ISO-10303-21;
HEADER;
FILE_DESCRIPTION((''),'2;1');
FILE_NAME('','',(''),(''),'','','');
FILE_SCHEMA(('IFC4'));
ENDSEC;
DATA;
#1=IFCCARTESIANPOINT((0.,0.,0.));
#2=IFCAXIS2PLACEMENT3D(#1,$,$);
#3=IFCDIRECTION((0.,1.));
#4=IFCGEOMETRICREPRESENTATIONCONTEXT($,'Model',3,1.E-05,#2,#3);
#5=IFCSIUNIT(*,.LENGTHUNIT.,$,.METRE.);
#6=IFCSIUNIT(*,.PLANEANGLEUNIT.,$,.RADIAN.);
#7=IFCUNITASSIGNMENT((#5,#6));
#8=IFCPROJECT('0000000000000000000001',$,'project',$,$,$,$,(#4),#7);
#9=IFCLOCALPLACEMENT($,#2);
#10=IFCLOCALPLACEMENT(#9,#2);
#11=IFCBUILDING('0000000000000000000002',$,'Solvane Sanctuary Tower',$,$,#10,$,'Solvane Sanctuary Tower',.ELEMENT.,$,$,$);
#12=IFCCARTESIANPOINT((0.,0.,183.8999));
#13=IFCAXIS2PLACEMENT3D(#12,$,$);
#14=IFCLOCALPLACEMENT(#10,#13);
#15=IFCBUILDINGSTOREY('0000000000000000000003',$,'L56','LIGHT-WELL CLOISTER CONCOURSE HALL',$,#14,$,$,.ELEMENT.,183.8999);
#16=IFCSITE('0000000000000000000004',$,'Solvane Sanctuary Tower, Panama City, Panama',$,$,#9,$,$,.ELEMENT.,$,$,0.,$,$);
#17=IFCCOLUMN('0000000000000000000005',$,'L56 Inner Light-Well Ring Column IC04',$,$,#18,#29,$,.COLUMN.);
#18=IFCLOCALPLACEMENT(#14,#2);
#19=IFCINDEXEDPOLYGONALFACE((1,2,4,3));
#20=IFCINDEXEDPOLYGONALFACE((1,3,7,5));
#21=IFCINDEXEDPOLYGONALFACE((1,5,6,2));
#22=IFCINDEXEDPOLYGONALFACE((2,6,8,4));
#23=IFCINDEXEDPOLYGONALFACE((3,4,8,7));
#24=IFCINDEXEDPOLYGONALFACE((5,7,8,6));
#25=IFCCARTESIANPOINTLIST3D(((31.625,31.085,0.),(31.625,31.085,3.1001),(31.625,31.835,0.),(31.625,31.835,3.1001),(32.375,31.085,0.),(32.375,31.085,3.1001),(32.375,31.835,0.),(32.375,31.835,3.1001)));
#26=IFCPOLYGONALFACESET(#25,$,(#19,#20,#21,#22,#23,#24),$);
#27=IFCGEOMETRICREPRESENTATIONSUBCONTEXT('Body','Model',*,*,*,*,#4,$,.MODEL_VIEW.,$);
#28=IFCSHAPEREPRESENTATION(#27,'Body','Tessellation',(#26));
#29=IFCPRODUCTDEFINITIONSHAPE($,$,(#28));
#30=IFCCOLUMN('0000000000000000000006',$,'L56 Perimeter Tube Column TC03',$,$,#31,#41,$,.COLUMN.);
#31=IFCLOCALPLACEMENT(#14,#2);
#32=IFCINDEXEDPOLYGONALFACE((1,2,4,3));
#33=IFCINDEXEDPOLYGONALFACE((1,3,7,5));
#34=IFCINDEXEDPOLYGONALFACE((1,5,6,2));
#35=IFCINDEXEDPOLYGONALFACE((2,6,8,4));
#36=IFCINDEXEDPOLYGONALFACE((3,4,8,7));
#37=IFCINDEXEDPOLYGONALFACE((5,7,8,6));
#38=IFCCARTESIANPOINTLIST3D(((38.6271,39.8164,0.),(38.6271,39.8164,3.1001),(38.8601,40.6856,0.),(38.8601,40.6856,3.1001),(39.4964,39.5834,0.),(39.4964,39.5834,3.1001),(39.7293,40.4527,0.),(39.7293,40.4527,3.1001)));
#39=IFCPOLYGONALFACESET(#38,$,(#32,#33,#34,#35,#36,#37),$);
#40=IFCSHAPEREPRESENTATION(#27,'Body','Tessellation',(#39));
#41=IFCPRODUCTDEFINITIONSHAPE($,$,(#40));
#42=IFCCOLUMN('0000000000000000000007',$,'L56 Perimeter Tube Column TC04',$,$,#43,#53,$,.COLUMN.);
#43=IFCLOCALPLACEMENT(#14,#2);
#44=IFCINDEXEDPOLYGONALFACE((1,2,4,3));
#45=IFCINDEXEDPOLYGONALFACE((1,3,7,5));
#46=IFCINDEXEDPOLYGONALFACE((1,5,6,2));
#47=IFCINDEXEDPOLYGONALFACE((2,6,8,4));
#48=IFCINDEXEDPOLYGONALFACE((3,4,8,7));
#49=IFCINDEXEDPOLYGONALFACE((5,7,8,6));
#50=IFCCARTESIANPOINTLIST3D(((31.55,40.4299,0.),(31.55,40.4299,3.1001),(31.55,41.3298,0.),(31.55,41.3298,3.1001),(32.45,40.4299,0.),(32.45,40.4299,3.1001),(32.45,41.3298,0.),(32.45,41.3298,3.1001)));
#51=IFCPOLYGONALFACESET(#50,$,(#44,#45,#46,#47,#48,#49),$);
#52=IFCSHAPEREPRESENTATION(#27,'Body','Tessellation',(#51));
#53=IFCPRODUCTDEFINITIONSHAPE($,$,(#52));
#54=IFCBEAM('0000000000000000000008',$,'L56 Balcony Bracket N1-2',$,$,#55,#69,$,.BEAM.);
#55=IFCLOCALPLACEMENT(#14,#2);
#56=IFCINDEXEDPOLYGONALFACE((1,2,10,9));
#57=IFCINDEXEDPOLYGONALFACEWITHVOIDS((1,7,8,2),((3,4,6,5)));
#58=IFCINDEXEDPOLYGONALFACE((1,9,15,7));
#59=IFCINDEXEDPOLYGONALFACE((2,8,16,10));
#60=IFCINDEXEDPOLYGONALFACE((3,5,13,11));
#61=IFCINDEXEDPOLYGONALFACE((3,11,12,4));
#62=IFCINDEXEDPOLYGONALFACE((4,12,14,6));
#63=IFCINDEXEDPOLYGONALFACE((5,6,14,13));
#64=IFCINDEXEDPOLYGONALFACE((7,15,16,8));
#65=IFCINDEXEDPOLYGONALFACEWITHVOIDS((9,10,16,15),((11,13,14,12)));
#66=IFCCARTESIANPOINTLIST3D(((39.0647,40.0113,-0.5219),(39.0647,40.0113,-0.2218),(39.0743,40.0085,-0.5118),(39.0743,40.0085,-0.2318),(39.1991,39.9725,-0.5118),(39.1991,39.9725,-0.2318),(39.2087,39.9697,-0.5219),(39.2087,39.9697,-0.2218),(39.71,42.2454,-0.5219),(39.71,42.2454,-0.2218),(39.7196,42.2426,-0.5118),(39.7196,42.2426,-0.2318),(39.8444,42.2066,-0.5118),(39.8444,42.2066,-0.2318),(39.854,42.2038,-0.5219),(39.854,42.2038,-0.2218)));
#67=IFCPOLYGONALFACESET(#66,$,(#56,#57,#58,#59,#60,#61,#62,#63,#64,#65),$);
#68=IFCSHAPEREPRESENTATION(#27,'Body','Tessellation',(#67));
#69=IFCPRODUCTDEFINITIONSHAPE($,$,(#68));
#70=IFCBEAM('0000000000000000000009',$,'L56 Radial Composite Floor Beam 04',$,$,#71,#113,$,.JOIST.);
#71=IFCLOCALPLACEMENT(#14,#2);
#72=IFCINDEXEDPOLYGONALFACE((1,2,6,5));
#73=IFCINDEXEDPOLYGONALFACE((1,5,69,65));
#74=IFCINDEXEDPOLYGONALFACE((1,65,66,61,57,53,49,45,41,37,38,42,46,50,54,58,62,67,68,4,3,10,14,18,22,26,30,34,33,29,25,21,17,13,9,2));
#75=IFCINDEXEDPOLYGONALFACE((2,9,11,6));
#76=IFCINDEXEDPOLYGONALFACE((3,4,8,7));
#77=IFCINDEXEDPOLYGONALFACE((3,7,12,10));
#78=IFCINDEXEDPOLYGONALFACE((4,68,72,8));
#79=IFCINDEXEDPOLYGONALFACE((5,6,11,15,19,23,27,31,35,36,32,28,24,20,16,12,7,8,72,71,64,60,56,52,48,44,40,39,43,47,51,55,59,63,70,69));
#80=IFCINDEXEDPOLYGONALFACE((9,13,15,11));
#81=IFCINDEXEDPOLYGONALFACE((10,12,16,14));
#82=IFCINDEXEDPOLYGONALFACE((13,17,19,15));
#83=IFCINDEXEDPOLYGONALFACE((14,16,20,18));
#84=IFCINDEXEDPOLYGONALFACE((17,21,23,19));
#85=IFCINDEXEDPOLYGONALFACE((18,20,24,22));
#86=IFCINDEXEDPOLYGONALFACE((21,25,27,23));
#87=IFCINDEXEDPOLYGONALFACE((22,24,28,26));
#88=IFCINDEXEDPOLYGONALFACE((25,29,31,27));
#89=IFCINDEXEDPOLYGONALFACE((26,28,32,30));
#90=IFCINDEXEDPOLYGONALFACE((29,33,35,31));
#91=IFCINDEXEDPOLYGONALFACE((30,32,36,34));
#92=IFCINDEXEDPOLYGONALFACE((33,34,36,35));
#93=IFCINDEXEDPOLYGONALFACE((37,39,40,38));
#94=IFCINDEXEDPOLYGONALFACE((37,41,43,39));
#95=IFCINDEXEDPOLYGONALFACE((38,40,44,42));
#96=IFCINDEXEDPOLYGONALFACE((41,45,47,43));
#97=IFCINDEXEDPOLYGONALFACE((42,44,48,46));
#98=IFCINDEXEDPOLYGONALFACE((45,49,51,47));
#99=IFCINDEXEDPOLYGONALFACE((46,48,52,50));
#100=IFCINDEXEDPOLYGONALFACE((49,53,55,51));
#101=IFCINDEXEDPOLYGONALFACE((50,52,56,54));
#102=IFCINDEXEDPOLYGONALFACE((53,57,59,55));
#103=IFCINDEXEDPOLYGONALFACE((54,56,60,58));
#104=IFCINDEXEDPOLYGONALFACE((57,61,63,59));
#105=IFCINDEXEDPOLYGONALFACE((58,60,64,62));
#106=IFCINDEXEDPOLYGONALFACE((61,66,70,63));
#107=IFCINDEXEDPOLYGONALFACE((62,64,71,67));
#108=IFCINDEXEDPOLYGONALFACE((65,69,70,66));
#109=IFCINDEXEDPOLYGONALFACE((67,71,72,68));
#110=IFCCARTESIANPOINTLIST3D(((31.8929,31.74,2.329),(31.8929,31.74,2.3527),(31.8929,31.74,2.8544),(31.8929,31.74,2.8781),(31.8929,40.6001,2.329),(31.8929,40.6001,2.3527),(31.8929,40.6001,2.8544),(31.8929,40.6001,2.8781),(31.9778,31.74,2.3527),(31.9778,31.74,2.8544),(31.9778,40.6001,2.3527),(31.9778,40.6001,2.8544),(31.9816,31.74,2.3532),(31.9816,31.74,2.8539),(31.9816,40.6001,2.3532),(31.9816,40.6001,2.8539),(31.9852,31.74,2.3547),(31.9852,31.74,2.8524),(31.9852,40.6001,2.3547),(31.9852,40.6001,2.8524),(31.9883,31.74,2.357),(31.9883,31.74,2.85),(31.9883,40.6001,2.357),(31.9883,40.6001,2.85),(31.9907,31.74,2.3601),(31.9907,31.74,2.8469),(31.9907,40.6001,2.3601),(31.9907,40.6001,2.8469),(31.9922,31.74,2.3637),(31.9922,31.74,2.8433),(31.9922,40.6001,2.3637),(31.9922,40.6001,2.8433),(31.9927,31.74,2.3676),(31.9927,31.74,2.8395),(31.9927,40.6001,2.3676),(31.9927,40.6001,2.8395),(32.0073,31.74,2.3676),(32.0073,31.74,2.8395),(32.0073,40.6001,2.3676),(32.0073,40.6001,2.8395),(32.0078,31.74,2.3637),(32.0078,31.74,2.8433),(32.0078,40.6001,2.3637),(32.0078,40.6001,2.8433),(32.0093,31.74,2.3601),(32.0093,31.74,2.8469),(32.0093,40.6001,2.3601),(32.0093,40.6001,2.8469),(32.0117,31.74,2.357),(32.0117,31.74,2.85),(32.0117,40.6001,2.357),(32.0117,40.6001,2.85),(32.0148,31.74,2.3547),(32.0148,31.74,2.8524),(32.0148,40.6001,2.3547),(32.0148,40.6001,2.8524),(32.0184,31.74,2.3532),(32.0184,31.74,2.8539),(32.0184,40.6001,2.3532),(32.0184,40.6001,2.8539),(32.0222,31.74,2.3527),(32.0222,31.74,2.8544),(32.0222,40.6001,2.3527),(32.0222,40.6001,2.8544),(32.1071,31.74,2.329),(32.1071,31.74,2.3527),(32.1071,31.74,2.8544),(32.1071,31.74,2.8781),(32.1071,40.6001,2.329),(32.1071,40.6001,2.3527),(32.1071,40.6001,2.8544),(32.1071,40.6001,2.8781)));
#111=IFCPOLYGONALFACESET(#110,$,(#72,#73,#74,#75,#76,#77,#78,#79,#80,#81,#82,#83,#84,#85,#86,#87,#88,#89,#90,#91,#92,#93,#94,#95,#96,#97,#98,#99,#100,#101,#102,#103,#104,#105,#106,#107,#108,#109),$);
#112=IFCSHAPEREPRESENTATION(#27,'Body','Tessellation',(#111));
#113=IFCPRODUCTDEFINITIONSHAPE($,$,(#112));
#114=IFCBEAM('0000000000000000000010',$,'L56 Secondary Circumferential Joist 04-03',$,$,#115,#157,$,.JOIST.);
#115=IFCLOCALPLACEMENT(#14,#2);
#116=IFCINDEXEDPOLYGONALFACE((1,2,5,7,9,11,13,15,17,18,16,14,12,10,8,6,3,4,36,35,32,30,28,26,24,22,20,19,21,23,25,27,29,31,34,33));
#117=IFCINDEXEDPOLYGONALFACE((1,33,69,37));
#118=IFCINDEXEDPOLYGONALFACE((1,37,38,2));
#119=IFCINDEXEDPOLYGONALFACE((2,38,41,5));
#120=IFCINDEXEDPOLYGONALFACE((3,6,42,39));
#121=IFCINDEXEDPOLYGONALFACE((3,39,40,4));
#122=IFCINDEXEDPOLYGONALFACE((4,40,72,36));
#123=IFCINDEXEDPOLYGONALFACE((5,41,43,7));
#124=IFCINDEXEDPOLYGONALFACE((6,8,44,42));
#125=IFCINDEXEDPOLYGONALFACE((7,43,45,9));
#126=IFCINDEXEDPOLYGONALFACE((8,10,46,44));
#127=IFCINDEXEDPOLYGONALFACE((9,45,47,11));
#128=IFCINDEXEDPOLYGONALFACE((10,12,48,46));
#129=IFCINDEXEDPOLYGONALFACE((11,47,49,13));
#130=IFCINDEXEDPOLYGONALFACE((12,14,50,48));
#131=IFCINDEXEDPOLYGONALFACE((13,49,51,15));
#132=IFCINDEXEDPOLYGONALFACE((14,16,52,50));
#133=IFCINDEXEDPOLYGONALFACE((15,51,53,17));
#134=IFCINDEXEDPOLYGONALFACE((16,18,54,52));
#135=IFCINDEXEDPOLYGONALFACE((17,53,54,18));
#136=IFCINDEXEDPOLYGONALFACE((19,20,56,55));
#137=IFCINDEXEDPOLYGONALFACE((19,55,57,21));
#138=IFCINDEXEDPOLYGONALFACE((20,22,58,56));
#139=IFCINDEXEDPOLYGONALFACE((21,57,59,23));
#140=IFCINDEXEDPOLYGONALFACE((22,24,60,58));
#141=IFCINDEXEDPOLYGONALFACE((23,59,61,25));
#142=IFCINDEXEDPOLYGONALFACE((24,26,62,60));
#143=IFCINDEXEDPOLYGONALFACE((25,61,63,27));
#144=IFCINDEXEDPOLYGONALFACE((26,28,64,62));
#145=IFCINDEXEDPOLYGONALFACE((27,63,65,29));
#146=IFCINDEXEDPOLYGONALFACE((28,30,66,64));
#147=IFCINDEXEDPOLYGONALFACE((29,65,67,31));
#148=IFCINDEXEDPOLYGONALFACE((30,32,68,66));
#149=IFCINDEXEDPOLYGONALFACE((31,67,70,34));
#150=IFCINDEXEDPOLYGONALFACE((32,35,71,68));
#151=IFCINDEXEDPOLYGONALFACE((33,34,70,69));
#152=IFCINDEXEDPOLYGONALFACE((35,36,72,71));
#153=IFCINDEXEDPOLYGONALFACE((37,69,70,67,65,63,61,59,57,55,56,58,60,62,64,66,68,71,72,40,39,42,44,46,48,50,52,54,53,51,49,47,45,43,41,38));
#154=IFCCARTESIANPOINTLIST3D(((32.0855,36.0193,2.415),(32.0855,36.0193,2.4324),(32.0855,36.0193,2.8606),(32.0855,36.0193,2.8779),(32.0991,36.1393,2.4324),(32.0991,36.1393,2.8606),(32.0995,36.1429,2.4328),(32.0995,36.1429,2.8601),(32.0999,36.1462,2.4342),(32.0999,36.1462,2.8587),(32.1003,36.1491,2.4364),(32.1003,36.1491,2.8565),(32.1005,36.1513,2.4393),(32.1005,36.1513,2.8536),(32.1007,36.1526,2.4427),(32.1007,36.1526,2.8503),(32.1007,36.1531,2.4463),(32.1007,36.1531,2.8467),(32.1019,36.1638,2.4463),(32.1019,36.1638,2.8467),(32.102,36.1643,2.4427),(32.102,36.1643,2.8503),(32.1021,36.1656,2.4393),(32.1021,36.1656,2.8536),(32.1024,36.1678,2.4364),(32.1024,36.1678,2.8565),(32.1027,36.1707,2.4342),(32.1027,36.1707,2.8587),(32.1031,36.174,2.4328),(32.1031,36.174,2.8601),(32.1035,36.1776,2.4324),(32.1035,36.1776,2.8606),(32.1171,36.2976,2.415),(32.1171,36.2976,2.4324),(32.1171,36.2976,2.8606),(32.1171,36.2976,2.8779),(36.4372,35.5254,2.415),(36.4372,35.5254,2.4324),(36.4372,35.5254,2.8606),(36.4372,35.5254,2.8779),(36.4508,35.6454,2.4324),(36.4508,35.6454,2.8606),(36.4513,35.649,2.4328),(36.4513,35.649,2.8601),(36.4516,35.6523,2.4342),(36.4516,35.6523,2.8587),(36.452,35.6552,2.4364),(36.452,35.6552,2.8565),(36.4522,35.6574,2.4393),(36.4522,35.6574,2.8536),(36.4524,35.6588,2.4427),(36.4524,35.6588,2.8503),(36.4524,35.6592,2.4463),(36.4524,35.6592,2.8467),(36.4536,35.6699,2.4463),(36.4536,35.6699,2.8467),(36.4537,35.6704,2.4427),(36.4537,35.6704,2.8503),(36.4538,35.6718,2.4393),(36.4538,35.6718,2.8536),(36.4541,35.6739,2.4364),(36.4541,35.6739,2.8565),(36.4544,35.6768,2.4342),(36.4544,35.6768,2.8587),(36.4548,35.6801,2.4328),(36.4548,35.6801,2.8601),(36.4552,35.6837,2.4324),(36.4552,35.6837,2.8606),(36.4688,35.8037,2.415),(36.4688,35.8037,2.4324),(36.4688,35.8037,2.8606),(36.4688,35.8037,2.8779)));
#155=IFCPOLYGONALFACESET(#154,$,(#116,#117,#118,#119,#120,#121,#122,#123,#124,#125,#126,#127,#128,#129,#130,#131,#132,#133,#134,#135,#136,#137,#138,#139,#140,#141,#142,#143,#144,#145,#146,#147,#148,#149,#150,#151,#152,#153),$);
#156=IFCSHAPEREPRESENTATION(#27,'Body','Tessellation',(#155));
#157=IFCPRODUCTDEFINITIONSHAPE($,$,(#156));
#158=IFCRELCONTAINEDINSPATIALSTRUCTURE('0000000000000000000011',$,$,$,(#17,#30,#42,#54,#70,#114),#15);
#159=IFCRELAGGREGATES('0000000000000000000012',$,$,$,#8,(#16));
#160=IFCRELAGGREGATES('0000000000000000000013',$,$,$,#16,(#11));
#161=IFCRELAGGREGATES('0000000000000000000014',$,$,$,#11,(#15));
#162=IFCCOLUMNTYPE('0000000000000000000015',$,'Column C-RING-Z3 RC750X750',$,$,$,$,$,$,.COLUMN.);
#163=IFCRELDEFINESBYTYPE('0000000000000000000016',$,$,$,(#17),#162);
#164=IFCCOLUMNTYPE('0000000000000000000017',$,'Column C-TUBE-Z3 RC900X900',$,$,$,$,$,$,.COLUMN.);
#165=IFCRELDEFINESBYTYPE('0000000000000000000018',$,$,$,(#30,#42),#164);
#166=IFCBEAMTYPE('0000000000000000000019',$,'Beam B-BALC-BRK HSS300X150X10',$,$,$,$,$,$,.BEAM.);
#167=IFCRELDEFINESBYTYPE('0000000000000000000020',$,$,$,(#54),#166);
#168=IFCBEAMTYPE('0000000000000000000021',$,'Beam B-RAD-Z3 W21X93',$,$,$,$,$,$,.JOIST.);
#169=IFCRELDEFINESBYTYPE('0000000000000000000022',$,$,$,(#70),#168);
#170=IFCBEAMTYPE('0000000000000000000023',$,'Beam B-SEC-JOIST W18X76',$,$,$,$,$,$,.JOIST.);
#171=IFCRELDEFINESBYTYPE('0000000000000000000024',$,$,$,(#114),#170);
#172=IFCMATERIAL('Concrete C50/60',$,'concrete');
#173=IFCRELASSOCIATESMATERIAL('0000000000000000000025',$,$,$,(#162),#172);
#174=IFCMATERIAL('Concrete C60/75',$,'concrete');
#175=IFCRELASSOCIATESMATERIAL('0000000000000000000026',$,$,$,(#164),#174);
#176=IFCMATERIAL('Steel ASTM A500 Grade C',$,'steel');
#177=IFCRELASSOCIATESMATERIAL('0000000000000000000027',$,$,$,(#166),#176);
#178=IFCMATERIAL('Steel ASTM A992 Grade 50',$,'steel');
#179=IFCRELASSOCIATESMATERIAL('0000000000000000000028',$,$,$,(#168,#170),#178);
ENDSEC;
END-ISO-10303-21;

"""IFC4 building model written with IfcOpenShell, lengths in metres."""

from ifc_helpers import new_model, si_unit, direction, frame, origin, origin_2d, place, context, subcontext, project, spatial, rectangle, hollow_rectangle, i_section, extrude, material, material_profile, profile_set, type_object, element, save


model = new_model("IFC4")

# Units and contexts
model_context = context("Model", 3, precision=1e-05, world=origin(), true_north=direction((0.0, 1.0)))
body_context = subcontext(model_context, "Body", "Model", "MODEL_VIEW")
ifc_project = project(units=[si_unit("LENGTHUNIT", "METRE"), si_unit("PLANEANGLEUNIT", "RADIAN")], contexts=[model_context])

# Site, building, storey
site_placement = place(None, origin())
site = spatial("IfcSite", under=ifc_project, at=site_placement, Name="Solvane Sanctuary Tower, Panama City, Panama", CompositionType="ELEMENT", RefElevation=0.0)
building_placement = place(site_placement, origin())
building = spatial("IfcBuilding", under=site, at=building_placement, Name="Solvane Sanctuary Tower", LongName="Solvane Sanctuary Tower", CompositionType="ELEMENT")
storey_placement = place(building_placement, frame((0.0, 0.0, 183.8999)))
storey = spatial("IfcBuildingStorey", under=building, at=storey_placement, Name="L56", Description="LIGHT-WELL CLOISTER CONCOURSE HALL", CompositionType="ELEMENT", Elevation=183.8999)

# Columns
ifc_material_1 = material(Name="Concrete C50/60", Category="concrete")
ifc_material_profile_1 = material_profile(ifc_material_1, rectangle(XDim=0.75, YDim=0.75, at=origin_2d()), Name="RC750X750")
ifc_profile_set_1 = profile_set([ifc_material_profile_1], Name="Concrete C50/60")
column_type_1 = type_object("IfcColumnType", Name="Column C-RING-Z3 RC750X750", PredefinedType="COLUMN", material=ifc_profile_set_1)
column_placement = place(storey_placement, frame((32.0, 31.46, 0.0), z_axis=(0.0, 0.0, 1.0), x_axis=(1.0, 0.0, 0.0)))
element("IfcColumn", 1, at=column_placement, inside=storey, type_object=column_type_1, Name="L56 Inner Light-Well Ring Column IC04", PredefinedType="COLUMN", context=body_context, shape_type="SweptSolid", body=[
    extrude(rectangle(XDim=0.75, YDim=0.75, at=origin_2d()), origin(), (0.0, 0.0, 1.0), 3.1001),
])
ifc_material_2 = material(Name="Concrete C60/75", Category="concrete")
ifc_material_profile_2 = material_profile(ifc_material_2, rectangle(XDim=0.8999, YDim=0.8999, at=origin_2d()), Name="RC900X900")
ifc_profile_set_2 = profile_set([ifc_material_profile_2], Name="Concrete C60/75")
column_type_2 = type_object("IfcColumnType", Name="Column C-TUBE-Z3 RC900X900", PredefinedType="COLUMN", material=ifc_profile_set_2)
for number, where, z_axis, x_axis, name in (
    (2, (39.1782, 40.1345, 0.0), (0.0, 0.0, 1.0), (0.258819, 0.965926, 0.0), "L56 Perimeter Tube Column TC03"),
    (3, (32.0, 40.8799, 0.0), (0.0, 0.0, 1.0), (0.0, 1.0, 0.0), "L56 Perimeter Tube Column TC04"),
):
    element("IfcColumn", number, at=place(storey_placement, frame(where, z_axis=z_axis, x_axis=x_axis)), inside=storey, type_object=column_type_2, Name=name, PredefinedType="COLUMN", context=body_context, shape_type="SweptSolid", body=[
        extrude(rectangle(XDim=0.8999, YDim=0.8999, at=origin_2d()), origin(), (0.0, 0.0, 1.0), 3.1001),
    ])

# Beams
ifc_material_3 = material(Name="Steel ASTM A500 Grade C", Category="steel")
ifc_material_profile_3 = material_profile(ifc_material_3, hollow_rectangle(XDim=0.1499, YDim=0.3, WallThickness=0.01, at=origin_2d()), Name="HSS300X150X10")
ifc_profile_set_3 = profile_set([ifc_material_profile_3], Name="Steel ASTM A500 Grade C")
beam_type_1 = type_object("IfcBeamType", Name="Beam B-BALC-BRK HSS300X150X10", PredefinedType="BEAM", material=ifc_profile_set_3)
beam_1_placement = place(storey_placement, frame((39.1367, 39.9905, -0.3718), z_axis=(0.277479, 0.960732, 0.0), x_axis=(-0.960732, 0.277479, 0.0)))
element("IfcBeam", 4, at=beam_1_placement, inside=storey, type_object=beam_type_1, Name="L56 Balcony Bracket N1-2", PredefinedType="BEAM", context=body_context, shape_type="SweptSolid", body=[
    extrude(hollow_rectangle(XDim=0.1499, YDim=0.3, WallThickness=0.01, at=origin_2d()), origin(), (0.0, 0.0, 1.0), 2.3254),
])
ifc_material_4 = material(Name="Steel ASTM A992 Grade 50", Category="steel")
ifc_material_profile_4 = material_profile(ifc_material_4, i_section(OverallWidth=0.2141, OverallDepth=0.5491, WebThickness=0.0146, FlangeThickness=0.0237, FilletRadius=0.0149, at=origin_2d()), Name="W21X93")
ifc_profile_set_4 = profile_set([ifc_material_profile_4], Name="Steel ASTM A992 Grade 50")
beam_type_2 = type_object("IfcBeamType", Name="Beam B-RAD-Z3 W21X93", PredefinedType="JOIST", material=ifc_profile_set_4)
beam_2_placement = place(storey_placement, frame((32.0, 31.74, 2.6035), z_axis=(0.0, 1.0, 0.0), x_axis=(-1.0, 0.0, 0.0)))
element("IfcBeam", 5, at=beam_2_placement, inside=storey, type_object=beam_type_2, Name="L56 Radial Composite Floor Beam 04", PredefinedType="JOIST", context=body_context, shape_type="SweptSolid", body=[
    extrude(i_section(OverallWidth=0.2141, OverallDepth=0.5491, WebThickness=0.0146, FlangeThickness=0.0237, FilletRadius=0.0149, at=origin_2d()), origin(), (0.0, 0.0, 1.0), 8.8601),
])
ifc_material_profile_5 = material_profile(ifc_material_4, i_section(OverallWidth=0.28, OverallDepth=0.4629, WebThickness=0.0107, FlangeThickness=0.0173, FilletRadius=0.0139, at=origin_2d()), Name="W18X76")
ifc_profile_set_5 = profile_set([ifc_material_profile_5], Name="Steel ASTM A992 Grade 50")
beam_type_3 = type_object("IfcBeamType", Name="Beam B-SEC-JOIST W18X76", PredefinedType="JOIST", material=ifc_profile_set_5)
beam_3_placement = place(storey_placement, frame((32.1013, 36.1584, 2.6465), z_axis=(0.993621, -0.112768, 0.0), x_axis=(0.112768, 0.993621, 0.0)))
element("IfcBeam", 6, at=beam_3_placement, inside=storey, type_object=beam_type_3, Name="L56 Secondary Circumferential Joist 04-03", PredefinedType="JOIST", context=body_context, shape_type="SweptSolid", body=[
    extrude(i_section(OverallWidth=0.28, OverallDepth=0.4629, WebThickness=0.0107, FlangeThickness=0.0173, FilletRadius=0.0139, at=origin_2d()), origin(), (0.0, 0.0, 1.0), 4.3796),
])

save(model, "model.ifc")
